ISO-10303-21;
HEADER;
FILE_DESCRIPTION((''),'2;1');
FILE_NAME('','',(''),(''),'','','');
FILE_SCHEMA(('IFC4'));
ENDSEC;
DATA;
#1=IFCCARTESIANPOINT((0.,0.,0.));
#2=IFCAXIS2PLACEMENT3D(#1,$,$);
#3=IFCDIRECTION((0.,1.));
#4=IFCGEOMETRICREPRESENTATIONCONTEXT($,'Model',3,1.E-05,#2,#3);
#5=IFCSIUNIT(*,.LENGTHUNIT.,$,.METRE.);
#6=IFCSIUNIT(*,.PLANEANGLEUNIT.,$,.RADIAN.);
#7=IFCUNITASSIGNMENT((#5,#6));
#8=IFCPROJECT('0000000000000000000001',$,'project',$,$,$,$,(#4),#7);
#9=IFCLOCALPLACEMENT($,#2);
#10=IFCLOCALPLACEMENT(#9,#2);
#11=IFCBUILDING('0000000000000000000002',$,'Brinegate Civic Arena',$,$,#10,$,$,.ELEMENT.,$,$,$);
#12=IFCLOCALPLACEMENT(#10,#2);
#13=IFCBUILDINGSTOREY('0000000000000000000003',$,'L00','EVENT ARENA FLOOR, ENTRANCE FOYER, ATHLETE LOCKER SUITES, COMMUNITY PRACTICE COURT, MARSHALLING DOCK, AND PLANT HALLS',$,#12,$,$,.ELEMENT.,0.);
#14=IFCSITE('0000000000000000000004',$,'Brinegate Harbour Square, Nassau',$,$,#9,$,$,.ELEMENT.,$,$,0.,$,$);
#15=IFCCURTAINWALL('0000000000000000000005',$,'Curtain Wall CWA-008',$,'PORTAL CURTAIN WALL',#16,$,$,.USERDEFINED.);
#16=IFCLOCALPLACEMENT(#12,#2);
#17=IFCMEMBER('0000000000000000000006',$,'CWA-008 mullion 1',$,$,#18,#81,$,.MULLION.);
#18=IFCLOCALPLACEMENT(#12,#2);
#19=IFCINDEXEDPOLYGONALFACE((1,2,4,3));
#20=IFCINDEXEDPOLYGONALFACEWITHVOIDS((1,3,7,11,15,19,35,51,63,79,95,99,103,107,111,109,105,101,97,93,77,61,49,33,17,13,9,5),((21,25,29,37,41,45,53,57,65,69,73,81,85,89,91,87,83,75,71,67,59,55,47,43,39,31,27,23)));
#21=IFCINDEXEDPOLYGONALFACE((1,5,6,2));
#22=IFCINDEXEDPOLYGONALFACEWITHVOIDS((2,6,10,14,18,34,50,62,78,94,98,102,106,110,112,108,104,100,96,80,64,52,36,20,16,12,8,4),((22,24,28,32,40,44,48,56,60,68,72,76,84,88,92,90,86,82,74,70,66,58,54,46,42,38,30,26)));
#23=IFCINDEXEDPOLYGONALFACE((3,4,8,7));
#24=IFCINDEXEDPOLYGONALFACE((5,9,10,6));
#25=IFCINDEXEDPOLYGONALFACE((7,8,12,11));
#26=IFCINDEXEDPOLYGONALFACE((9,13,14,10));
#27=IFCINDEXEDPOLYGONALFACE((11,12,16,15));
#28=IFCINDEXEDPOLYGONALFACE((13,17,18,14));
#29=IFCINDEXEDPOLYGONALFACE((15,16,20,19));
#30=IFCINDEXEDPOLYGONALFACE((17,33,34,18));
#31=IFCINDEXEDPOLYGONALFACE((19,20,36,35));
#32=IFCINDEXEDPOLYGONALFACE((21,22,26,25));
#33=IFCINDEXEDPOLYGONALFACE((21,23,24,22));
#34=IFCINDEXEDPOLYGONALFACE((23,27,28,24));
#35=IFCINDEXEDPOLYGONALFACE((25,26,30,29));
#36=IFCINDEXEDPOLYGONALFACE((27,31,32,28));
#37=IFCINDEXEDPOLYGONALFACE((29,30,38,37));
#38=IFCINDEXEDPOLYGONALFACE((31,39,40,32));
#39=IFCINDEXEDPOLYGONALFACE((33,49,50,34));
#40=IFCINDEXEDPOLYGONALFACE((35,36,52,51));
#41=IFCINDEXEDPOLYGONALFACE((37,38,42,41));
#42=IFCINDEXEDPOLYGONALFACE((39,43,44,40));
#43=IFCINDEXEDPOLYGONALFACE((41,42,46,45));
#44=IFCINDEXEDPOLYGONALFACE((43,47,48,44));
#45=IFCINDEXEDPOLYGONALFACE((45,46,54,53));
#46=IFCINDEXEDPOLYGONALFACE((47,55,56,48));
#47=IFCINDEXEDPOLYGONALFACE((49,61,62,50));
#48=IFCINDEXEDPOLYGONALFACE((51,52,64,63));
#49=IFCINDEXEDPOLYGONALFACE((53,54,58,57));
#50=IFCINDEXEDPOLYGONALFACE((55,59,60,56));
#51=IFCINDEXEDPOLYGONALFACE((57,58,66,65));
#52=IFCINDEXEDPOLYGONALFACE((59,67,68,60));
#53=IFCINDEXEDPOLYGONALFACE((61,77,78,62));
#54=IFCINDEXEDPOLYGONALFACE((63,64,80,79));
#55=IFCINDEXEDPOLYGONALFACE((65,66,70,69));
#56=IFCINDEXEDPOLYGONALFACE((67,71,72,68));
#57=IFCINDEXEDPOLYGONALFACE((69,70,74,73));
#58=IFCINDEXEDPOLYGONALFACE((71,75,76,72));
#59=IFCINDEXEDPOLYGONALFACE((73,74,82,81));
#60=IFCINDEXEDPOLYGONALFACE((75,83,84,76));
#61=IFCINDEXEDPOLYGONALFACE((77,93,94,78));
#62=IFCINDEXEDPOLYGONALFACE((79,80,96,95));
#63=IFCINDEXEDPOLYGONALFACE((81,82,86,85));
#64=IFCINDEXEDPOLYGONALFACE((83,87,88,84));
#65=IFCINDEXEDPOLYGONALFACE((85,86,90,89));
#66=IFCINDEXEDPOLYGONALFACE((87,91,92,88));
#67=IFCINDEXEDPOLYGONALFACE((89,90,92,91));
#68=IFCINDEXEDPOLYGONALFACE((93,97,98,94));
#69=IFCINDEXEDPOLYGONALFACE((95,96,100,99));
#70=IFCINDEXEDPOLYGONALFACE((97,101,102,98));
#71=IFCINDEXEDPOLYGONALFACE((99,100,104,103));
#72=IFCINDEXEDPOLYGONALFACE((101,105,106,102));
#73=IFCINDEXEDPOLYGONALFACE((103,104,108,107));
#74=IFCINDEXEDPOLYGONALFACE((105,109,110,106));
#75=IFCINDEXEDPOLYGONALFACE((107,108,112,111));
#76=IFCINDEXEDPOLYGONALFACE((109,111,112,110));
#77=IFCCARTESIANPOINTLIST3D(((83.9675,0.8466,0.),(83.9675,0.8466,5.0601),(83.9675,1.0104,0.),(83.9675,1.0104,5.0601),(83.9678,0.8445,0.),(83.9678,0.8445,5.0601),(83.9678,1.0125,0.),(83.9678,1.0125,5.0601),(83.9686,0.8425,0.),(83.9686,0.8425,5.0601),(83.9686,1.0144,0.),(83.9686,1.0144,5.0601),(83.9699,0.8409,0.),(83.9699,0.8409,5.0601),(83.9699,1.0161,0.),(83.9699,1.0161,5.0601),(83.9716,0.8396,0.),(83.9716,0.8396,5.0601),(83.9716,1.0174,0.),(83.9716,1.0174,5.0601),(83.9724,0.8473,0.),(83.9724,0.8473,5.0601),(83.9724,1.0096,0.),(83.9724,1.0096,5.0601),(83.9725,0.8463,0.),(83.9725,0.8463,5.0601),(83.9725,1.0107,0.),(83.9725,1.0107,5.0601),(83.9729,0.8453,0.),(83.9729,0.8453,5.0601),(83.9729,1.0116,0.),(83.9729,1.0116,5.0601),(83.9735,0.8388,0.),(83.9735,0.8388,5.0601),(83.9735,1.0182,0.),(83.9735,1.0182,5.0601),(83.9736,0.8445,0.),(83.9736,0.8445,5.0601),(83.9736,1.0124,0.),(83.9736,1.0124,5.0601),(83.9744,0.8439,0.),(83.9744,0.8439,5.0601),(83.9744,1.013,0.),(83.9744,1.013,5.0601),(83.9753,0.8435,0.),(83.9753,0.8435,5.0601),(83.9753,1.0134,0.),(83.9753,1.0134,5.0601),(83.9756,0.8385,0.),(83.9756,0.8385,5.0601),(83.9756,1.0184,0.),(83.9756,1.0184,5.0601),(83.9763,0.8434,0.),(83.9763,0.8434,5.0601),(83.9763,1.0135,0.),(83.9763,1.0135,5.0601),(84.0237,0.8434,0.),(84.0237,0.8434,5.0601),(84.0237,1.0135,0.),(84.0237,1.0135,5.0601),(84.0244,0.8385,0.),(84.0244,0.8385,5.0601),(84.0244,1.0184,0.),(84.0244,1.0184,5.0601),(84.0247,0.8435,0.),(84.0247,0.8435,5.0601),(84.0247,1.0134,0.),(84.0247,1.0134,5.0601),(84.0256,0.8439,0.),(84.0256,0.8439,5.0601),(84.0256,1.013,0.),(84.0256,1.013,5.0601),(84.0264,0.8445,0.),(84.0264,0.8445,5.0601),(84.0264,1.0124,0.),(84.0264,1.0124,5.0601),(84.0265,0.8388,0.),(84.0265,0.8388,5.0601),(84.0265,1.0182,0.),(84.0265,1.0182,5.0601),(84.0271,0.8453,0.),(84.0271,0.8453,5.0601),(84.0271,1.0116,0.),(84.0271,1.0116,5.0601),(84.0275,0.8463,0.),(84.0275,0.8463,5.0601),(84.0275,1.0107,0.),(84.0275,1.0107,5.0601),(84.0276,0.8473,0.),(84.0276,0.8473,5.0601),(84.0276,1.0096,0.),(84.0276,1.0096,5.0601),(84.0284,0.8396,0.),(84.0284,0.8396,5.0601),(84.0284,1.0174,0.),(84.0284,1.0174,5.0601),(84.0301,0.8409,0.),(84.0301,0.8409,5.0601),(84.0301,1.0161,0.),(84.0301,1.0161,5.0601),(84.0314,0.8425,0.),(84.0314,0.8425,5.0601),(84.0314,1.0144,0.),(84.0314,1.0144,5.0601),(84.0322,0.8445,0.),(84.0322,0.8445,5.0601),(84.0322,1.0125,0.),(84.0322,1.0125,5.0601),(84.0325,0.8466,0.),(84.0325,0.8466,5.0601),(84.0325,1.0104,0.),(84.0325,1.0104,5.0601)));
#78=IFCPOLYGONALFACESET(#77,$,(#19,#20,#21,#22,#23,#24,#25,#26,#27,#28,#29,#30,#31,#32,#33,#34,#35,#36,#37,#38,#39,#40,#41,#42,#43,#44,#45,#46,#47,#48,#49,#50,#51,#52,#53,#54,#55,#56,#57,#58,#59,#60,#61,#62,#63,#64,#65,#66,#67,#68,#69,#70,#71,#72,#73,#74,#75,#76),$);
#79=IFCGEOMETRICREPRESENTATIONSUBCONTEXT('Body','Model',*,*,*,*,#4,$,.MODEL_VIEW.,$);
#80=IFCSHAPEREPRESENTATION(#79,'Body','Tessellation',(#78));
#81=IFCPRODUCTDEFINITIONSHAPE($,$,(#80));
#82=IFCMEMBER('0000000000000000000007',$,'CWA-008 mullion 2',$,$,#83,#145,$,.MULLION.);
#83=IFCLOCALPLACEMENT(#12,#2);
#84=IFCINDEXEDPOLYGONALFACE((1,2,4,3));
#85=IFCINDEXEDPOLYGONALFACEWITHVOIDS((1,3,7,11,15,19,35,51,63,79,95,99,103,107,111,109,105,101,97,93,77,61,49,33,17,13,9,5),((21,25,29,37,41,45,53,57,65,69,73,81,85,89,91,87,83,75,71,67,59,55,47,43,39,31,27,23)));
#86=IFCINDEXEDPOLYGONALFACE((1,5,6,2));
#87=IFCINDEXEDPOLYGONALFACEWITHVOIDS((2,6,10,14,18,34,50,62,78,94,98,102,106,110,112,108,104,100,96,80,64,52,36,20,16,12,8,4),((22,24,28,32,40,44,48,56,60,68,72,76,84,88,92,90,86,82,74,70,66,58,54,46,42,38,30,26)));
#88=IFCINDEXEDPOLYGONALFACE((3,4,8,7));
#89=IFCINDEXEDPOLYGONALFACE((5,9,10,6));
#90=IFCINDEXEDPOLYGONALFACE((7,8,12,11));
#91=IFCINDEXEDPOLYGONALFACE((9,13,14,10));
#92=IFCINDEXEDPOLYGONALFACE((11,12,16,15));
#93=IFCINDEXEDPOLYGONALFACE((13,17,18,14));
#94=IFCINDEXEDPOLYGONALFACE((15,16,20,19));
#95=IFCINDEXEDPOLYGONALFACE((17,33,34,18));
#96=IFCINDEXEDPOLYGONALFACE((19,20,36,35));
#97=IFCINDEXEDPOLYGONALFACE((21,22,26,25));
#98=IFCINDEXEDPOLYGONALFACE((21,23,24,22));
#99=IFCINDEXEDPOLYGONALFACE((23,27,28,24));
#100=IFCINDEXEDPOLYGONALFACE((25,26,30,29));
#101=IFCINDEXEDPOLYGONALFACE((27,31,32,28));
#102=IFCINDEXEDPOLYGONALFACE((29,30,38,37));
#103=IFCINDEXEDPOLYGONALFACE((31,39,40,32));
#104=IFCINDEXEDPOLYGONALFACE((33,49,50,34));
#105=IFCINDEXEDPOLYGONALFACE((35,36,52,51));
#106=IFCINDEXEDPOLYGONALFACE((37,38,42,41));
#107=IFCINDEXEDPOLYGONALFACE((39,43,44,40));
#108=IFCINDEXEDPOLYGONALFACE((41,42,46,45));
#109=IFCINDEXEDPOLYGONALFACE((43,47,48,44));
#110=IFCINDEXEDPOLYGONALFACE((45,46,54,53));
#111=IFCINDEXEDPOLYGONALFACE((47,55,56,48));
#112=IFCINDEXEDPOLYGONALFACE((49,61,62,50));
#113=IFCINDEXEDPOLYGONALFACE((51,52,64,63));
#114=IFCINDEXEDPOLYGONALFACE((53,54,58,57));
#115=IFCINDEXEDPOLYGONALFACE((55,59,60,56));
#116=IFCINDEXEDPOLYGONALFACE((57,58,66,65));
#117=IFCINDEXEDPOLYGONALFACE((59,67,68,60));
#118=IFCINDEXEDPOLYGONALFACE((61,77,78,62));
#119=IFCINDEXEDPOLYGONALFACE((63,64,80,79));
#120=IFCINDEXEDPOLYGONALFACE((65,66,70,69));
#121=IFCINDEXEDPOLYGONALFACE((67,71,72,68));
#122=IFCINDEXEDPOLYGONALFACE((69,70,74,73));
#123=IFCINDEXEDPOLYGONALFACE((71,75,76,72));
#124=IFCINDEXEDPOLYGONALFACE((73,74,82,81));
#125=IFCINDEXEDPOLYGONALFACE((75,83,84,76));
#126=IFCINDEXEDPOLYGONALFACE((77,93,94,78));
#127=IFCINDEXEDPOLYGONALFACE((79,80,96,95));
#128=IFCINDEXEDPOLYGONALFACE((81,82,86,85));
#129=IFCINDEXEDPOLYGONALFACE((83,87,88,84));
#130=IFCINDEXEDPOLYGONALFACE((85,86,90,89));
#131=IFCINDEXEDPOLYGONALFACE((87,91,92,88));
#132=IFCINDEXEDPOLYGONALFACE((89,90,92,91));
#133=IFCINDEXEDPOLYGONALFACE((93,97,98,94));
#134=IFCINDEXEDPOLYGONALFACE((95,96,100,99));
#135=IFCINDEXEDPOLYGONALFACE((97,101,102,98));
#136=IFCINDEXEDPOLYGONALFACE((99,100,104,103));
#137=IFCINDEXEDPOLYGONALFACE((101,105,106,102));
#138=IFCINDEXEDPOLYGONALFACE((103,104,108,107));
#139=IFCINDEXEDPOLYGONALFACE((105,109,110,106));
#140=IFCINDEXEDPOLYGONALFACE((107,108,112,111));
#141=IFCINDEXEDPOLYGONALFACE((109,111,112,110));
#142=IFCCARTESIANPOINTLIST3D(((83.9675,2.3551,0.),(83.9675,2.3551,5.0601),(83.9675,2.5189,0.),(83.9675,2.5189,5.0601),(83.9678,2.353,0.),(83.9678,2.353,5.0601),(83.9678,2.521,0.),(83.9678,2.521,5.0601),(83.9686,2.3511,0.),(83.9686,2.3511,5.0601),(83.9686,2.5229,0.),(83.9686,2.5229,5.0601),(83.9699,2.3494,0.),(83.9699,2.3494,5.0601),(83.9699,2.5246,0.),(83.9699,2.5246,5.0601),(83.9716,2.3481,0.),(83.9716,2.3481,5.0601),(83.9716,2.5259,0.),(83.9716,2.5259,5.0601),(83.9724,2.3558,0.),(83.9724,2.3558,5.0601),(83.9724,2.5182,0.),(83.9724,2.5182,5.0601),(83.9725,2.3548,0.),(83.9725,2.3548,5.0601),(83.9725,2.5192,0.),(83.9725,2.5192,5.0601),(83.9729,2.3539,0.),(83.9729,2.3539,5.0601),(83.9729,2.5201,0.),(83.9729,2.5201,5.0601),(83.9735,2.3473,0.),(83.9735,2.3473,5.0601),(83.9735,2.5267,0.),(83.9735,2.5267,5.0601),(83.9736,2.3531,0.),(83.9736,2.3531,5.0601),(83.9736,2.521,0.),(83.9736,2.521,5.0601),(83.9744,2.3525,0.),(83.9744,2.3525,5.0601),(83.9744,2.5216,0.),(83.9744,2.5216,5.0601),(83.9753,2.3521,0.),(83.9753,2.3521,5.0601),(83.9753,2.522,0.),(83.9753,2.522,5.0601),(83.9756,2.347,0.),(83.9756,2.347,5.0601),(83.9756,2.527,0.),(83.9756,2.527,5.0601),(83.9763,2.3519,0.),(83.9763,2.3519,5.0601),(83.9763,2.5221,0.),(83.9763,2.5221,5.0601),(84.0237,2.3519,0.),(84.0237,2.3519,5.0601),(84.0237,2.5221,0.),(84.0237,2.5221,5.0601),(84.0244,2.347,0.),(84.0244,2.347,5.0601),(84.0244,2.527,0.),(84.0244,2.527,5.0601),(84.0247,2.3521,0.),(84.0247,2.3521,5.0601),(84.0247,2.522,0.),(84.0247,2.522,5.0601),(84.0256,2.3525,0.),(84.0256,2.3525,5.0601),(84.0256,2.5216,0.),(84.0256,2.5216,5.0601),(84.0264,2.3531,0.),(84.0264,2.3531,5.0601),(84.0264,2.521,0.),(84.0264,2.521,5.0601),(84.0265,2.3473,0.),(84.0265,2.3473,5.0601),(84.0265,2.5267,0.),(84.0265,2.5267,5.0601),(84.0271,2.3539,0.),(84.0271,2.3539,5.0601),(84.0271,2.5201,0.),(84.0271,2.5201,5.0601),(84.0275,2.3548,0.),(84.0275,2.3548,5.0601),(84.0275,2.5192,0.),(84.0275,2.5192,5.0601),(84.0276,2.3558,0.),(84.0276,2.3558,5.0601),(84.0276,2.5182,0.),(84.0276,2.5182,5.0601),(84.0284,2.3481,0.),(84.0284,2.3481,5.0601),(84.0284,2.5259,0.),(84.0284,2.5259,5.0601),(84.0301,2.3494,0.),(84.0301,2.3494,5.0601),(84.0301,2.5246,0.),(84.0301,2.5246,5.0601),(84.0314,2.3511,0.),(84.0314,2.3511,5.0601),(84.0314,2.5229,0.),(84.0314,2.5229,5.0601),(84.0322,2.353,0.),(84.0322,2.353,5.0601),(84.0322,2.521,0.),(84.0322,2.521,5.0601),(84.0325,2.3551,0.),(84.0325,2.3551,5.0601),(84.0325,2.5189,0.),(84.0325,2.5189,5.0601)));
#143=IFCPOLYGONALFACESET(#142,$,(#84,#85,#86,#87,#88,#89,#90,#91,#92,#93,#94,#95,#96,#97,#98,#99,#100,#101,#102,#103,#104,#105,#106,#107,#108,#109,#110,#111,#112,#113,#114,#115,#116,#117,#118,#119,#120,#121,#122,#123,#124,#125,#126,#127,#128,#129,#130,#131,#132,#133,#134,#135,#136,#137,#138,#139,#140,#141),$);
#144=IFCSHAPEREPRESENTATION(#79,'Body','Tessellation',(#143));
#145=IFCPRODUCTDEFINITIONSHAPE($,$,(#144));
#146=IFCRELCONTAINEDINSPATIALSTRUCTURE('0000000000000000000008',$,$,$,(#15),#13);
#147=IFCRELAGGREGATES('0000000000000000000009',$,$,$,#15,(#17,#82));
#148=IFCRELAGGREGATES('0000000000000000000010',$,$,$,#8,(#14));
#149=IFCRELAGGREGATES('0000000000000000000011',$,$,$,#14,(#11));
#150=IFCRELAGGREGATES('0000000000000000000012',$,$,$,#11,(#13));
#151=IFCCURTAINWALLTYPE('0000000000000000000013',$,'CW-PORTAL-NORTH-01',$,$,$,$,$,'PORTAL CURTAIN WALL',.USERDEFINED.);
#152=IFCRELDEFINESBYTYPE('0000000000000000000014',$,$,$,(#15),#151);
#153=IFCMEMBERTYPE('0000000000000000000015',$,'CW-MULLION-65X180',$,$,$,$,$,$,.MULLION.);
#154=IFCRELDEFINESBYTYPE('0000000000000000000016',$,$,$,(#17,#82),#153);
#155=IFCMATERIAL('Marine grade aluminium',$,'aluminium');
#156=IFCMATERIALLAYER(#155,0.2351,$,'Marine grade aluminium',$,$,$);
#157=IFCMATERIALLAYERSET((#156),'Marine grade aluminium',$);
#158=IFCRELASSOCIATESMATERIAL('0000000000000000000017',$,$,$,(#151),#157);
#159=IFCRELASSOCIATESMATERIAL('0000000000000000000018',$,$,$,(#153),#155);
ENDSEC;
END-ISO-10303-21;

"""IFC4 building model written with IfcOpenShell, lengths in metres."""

from ifc_helpers import new_model, si_unit, direction, frame, origin, origin_2d, place, context, subcontext, project, spatial, hollow_rectangle, extrude, material, layer, layer_set, material_profile, profile_set, type_object, element, aggregate, save


model = new_model("IFC4")

# Units and contexts
model_context = context("Model", 3, precision=1e-05, world=origin(), true_north=direction((0.0, 1.0)))
body_context = subcontext(model_context, "Body", "Model", "MODEL_VIEW")
ifc_project = project(units=[si_unit("LENGTHUNIT", "METRE"), si_unit("PLANEANGLEUNIT", "RADIAN")], contexts=[model_context])

# Site, building, storey
site_placement = place(None, origin())
site = spatial("IfcSite", under=ifc_project, at=site_placement, Name="Brinegate Harbour Square, Nassau", CompositionType="ELEMENT", RefElevation=0.0)
building_placement = place(site_placement, origin())
building = spatial("IfcBuilding", under=site, at=building_placement, Name="Brinegate Civic Arena", CompositionType="ELEMENT")
storey_placement = place(building_placement, origin())
storey = spatial("IfcBuildingStorey", under=building, at=storey_placement, Name="L00", Description="EVENT ARENA FLOOR, ENTRANCE FOYER, ATHLETE LOCKER SUITES, COMMUNITY PRACTICE COURT, MARSHALLING DOCK, AND PLANT HALLS", CompositionType="ELEMENT", Elevation=0.0)

# Curtain wall, members
ifc_material_1 = material(Name="Marine grade aluminium", Category="aluminium")
ifc_layer_1 = layer(ifc_material_1, 0.2351, Name="Marine grade aluminium")
ifc_layer_set_1 = layer_set([ifc_layer_1], Name="Marine grade aluminium")
curtain_wall_type = type_object("IfcCurtainWallType", Name="CW-PORTAL-NORTH-01", ElementType="PORTAL CURTAIN WALL", PredefinedType="USERDEFINED", material=ifc_layer_set_1)
curtain_wall_placement = place(storey_placement, origin())
curtain_wall = element("IfcCurtainWall", 1, at=curtain_wall_placement, inside=storey, type_object=curtain_wall_type, Name="Curtain Wall CWA-008", ObjectType="PORTAL CURTAIN WALL", PredefinedType="USERDEFINED")
ifc_material_profile_1 = material_profile(ifc_material_1, hollow_rectangle(XDim=0.0649, YDim=0.1799, WallThickness=0.0049, InnerFilletRadius=0.0039, OuterFilletRadius=0.0081, at=origin_2d()), Name="MUL65X180")
ifc_profile_set_1 = profile_set([ifc_material_profile_1], Name="Marine grade aluminium")
member_type_1 = type_object("IfcMemberType", Name="CW-MULLION-65X180", PredefinedType="MULLION", material=ifc_profile_set_1)
member_1_placement = place(storey_placement, frame((84.0, 0.9285, 0.0), z_axis=(0.0, 0.0, 1.0), x_axis=(-1.0, 0.0, 0.0)))
member_1 = element("IfcMember", 2, at=member_1_placement, type_object=member_type_1, Name="CWA-008 mullion 1", PredefinedType="MULLION", context=body_context, shape_type="SweptSolid", body=[
    extrude(hollow_rectangle(XDim=0.0649, YDim=0.1799, WallThickness=0.0049, InnerFilletRadius=0.0039, OuterFilletRadius=0.0081, at=origin_2d()), origin(), (0.0, 0.0, 1.0), 5.0601),
])
member_2_placement = place(storey_placement, frame((84.0, 2.437, 0.0), z_axis=(0.0, 0.0, 1.0), x_axis=(-1.0, 0.0, 0.0)))
member_2 = element("IfcMember", 3, at=member_2_placement, type_object=member_type_1, Name="CWA-008 mullion 2", PredefinedType="MULLION", context=body_context, shape_type="SweptSolid", body=[
    extrude(hollow_rectangle(XDim=0.0649, YDim=0.1799, WallThickness=0.0049, InnerFilletRadius=0.0039, OuterFilletRadius=0.0081, at=origin_2d()), origin(), (0.0, 0.0, 1.0), 5.0601),
])
aggregate(curtain_wall, [member_1, member_2])

save(model, "model.ifc")
